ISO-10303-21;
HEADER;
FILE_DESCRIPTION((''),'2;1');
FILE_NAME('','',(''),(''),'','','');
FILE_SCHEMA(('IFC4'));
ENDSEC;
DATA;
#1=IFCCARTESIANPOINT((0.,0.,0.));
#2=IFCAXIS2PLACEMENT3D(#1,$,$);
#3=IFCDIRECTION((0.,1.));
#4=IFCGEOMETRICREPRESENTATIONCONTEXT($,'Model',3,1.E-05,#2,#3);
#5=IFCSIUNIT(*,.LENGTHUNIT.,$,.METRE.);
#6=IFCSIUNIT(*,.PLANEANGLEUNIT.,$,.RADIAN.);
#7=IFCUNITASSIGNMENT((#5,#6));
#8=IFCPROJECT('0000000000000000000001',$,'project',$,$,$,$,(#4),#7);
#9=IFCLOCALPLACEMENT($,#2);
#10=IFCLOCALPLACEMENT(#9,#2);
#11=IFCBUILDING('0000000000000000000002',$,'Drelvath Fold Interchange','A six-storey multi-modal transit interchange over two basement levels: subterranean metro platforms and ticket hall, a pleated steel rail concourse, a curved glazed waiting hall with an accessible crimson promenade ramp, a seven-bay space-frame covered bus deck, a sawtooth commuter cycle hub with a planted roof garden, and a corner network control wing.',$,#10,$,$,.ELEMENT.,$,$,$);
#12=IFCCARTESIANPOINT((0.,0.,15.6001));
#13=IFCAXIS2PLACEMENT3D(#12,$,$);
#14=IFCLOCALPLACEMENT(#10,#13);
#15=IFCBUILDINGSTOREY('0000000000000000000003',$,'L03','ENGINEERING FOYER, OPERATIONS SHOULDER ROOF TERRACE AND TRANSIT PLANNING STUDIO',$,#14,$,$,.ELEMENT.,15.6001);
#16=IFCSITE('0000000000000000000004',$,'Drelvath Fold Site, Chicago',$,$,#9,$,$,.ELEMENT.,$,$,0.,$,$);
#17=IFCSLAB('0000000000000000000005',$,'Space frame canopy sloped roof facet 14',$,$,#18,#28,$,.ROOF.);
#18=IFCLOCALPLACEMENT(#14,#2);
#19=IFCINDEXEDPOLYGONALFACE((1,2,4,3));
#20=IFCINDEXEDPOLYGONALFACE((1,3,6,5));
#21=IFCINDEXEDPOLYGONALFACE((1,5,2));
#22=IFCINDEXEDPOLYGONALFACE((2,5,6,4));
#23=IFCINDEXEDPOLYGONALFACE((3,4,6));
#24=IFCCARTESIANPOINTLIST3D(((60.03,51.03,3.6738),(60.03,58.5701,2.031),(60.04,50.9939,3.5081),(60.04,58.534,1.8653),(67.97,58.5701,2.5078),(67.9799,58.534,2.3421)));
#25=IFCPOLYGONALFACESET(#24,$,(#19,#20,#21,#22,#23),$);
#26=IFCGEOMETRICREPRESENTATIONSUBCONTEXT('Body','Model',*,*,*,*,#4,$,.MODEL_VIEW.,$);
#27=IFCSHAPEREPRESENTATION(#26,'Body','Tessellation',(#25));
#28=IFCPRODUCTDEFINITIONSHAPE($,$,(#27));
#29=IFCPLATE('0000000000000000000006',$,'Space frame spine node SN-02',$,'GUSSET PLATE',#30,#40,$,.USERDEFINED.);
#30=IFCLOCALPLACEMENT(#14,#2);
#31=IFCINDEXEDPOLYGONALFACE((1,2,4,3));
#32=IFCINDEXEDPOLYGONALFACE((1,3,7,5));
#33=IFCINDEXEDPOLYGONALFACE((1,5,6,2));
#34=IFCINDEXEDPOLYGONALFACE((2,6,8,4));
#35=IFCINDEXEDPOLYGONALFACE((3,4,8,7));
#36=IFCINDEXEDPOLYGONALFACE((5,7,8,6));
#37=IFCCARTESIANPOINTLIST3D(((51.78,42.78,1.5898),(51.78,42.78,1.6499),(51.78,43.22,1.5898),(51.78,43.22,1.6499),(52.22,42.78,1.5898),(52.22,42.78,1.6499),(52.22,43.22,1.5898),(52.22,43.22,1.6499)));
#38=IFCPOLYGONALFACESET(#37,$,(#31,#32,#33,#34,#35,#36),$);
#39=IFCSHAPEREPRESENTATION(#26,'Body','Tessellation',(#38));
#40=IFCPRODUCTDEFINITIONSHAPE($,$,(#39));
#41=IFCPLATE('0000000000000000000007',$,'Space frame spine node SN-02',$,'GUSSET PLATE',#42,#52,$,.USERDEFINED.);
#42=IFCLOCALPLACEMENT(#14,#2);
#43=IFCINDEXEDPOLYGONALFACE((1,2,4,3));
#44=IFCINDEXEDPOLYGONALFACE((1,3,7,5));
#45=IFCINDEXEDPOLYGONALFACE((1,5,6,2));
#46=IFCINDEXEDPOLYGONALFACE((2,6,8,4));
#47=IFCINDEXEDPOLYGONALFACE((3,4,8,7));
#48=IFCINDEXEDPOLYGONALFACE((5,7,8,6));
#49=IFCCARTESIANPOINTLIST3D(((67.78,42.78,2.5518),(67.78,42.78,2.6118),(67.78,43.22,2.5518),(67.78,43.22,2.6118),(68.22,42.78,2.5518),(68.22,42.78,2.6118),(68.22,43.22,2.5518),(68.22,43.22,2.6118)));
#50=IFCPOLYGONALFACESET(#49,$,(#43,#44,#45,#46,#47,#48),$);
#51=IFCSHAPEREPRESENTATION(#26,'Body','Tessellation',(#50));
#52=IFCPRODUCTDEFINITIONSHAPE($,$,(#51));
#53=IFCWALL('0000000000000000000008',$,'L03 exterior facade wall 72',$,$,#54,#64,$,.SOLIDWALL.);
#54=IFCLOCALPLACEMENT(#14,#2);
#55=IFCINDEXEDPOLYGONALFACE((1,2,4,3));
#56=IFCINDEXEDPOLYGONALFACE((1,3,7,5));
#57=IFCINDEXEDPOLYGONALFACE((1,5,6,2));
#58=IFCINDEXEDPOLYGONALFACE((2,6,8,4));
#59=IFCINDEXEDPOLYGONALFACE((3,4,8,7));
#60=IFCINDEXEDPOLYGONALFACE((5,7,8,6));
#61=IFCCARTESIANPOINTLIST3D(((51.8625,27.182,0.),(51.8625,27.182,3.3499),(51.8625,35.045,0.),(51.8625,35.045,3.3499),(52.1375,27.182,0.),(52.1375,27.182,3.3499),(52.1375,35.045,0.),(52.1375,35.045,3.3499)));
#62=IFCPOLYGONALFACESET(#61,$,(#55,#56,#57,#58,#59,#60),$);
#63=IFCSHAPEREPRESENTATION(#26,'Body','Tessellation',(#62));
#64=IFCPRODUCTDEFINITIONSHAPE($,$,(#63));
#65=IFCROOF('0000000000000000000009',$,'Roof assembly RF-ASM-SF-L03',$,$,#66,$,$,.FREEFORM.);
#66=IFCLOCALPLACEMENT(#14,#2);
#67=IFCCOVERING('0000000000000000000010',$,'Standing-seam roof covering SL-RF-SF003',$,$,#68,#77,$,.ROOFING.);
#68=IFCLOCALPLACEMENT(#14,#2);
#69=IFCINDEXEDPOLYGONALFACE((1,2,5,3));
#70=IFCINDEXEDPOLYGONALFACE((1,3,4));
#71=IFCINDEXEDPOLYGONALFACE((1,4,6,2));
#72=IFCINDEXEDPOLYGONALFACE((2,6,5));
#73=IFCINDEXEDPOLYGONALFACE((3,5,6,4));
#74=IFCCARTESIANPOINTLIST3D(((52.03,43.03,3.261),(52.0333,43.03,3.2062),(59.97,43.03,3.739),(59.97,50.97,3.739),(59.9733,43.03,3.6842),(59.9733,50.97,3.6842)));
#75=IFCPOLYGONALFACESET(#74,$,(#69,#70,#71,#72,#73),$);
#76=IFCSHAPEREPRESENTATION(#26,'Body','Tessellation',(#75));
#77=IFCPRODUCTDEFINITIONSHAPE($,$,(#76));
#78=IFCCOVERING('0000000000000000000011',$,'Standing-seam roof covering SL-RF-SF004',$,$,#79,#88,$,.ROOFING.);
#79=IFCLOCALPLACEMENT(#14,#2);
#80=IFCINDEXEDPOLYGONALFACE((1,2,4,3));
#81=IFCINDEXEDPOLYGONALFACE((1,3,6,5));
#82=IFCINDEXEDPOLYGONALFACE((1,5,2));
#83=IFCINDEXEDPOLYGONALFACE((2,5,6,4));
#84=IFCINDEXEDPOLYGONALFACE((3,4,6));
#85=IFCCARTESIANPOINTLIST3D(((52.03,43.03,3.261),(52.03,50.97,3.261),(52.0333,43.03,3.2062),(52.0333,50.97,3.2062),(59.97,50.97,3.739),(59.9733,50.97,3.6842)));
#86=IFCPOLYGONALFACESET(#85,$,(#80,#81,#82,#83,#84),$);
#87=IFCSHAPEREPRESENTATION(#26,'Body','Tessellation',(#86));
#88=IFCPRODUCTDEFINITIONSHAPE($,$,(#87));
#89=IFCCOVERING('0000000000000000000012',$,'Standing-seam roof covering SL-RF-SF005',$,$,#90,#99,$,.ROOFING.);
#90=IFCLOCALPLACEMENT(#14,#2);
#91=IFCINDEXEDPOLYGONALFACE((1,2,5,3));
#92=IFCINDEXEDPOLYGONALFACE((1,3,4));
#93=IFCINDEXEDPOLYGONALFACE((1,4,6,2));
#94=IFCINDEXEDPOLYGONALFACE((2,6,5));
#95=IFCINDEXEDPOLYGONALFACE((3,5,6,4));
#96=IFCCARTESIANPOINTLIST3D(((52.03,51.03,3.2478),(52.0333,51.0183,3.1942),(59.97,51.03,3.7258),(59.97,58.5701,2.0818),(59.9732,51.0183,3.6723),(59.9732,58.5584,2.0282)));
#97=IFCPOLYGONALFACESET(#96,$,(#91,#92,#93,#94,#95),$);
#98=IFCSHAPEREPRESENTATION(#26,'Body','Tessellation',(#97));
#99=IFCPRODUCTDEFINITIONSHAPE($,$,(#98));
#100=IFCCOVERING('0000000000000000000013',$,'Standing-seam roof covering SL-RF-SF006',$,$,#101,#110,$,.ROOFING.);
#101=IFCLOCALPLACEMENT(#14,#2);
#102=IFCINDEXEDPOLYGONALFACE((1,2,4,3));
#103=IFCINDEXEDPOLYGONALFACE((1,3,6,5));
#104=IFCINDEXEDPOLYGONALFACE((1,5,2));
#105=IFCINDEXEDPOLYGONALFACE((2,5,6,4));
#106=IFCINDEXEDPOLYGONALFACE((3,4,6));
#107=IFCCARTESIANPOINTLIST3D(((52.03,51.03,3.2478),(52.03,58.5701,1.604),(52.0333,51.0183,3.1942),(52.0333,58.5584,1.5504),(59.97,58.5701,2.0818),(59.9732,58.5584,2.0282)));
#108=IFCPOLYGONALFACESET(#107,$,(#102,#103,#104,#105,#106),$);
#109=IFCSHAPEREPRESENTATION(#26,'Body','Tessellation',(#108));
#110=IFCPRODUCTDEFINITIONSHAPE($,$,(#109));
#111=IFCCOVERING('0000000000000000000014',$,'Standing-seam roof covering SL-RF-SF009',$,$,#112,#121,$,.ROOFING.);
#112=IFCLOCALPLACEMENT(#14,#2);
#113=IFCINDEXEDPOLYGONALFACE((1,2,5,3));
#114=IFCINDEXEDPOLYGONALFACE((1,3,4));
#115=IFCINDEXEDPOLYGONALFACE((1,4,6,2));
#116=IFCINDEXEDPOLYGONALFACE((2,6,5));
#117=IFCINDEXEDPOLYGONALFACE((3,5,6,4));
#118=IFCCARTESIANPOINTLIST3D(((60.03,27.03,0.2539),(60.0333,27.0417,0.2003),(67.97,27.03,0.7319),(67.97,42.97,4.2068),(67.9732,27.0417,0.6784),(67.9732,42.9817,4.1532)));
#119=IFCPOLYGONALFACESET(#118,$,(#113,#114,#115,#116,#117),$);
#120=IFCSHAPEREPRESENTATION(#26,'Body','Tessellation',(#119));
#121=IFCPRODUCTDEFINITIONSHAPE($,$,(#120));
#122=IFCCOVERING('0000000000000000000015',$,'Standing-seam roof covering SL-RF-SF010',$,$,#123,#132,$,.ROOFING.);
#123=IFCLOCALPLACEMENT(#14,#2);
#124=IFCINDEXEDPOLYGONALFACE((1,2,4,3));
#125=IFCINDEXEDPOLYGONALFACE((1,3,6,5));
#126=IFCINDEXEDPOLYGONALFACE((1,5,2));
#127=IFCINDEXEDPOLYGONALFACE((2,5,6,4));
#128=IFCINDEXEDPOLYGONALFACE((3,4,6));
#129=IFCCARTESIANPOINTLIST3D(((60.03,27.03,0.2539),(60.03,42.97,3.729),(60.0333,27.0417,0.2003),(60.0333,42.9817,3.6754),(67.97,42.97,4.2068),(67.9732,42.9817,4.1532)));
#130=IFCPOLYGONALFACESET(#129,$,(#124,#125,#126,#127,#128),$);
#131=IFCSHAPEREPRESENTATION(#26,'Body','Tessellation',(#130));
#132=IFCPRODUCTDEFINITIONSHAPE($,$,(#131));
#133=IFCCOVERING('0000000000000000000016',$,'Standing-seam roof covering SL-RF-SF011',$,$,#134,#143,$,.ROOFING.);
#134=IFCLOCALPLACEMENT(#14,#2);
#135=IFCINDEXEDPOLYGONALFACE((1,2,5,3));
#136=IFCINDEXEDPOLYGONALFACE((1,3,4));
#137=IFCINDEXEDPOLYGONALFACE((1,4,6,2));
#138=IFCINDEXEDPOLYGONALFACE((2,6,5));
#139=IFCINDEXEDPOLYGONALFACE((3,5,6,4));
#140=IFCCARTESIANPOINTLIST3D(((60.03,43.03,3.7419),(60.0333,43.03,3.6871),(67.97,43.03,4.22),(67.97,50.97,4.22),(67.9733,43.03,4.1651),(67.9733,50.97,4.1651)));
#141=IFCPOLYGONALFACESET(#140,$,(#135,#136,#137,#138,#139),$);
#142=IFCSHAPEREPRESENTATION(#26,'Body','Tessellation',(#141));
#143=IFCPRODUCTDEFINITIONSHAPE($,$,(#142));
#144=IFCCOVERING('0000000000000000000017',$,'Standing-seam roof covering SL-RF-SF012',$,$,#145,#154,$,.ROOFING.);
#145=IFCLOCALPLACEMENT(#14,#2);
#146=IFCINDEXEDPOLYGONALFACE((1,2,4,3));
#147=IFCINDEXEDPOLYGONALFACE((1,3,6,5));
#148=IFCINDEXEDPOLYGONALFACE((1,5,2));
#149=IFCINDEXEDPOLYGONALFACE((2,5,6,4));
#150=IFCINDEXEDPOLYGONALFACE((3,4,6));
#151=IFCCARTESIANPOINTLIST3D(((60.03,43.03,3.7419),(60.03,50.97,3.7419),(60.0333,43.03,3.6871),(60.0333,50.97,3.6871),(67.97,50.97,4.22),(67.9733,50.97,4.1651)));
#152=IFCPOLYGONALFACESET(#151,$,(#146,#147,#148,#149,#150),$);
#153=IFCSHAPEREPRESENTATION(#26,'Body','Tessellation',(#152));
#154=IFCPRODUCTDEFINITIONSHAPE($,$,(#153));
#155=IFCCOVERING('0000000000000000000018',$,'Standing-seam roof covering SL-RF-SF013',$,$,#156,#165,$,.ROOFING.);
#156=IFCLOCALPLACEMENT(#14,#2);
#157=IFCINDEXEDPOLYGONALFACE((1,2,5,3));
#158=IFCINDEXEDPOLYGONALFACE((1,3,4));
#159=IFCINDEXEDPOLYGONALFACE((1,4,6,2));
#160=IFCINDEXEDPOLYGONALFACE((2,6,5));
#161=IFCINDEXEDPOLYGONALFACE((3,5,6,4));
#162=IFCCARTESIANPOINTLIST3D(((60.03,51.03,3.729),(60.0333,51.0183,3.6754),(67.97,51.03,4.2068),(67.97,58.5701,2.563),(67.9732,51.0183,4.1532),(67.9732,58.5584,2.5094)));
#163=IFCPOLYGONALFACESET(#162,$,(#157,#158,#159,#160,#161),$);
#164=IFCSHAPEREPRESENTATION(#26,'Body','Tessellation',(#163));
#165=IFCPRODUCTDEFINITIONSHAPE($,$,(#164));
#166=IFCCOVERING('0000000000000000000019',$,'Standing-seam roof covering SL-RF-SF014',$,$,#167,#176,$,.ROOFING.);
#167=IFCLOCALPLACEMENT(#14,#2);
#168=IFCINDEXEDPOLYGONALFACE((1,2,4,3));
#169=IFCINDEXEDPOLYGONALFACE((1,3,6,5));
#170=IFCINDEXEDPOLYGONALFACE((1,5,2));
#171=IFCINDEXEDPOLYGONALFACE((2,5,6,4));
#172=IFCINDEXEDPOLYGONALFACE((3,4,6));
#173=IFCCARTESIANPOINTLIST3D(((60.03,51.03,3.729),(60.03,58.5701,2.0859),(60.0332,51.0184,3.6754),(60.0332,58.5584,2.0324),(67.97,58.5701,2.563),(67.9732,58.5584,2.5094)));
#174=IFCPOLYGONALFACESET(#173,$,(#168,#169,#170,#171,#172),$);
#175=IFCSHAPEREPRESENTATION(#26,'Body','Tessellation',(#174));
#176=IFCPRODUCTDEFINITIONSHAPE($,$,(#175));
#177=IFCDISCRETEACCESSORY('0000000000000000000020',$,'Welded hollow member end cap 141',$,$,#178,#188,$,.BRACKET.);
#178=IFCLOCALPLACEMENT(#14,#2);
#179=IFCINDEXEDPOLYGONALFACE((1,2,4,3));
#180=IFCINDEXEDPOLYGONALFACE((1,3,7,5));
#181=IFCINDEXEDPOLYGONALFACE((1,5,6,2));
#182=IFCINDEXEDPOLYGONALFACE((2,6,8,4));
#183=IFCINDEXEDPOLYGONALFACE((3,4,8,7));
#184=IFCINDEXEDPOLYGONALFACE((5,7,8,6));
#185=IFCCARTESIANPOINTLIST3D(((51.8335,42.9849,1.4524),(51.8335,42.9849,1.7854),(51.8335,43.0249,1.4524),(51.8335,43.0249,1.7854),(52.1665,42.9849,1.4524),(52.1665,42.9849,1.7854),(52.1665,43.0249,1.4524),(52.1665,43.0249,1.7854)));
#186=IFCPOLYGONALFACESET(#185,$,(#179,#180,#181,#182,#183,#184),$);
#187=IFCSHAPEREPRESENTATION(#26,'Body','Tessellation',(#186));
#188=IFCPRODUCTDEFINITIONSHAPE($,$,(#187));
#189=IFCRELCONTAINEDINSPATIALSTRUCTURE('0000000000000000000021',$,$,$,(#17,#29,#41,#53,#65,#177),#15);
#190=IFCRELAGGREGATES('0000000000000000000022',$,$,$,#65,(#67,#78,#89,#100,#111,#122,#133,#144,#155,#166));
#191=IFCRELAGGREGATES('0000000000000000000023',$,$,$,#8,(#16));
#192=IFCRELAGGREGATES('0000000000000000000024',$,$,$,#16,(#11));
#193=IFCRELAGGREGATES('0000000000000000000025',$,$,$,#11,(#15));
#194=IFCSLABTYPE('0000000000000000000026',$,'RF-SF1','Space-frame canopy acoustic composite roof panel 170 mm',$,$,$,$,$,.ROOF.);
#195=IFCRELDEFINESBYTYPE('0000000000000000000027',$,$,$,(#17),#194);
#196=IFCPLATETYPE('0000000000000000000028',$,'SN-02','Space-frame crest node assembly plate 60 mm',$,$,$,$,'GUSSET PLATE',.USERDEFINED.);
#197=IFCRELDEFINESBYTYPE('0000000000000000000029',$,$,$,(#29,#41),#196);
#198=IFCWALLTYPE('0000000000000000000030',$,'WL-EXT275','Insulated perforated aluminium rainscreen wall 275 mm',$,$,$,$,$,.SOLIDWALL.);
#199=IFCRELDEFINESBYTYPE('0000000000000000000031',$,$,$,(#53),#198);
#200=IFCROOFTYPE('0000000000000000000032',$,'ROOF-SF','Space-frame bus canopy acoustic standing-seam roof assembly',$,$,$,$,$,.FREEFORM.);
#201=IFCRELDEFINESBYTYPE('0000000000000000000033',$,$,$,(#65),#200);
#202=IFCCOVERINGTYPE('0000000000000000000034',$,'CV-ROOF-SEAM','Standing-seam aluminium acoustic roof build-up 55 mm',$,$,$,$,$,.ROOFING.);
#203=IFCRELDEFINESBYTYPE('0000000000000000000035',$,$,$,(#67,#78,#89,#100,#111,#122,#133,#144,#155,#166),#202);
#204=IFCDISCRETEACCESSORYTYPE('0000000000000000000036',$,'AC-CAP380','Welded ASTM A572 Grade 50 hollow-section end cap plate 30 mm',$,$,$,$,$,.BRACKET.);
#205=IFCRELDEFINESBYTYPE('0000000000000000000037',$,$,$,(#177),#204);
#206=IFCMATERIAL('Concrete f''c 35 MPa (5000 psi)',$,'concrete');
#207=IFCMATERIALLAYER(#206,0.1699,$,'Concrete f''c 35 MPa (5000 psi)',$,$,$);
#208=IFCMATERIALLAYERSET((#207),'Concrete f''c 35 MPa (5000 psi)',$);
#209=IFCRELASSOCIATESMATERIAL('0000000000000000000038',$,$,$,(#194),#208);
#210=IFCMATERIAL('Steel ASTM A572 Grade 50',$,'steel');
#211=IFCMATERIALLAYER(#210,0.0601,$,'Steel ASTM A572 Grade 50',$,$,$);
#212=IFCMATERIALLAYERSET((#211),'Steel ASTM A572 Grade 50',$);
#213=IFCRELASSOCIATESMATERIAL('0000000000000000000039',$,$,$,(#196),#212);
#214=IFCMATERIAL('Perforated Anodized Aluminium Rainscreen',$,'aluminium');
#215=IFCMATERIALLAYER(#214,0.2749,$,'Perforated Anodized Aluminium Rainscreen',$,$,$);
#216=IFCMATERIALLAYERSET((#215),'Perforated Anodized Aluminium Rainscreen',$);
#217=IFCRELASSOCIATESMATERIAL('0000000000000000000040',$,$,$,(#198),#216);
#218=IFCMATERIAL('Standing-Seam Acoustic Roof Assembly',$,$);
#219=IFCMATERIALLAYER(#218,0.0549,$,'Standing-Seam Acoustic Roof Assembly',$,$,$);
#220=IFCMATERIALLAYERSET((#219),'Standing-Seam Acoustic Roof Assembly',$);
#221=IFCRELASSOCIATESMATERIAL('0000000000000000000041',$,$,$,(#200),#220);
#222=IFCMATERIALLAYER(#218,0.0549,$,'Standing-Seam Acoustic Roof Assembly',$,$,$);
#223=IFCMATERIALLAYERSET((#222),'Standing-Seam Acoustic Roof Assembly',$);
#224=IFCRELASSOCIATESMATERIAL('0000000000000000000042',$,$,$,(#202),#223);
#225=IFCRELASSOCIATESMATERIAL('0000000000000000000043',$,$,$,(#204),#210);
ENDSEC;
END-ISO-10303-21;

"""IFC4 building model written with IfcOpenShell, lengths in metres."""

from ifc_helpers import new_model, si_unit, direction, frame, frame_2d, origin, origin_2d, place, context, subcontext, project, spatial, polyline, rectangle, outline, extrude, material, layer, layer_set, type_object, element, aggregate, save


model = new_model("IFC4")

# Units and contexts
model_context = context("Model", 3, precision=1e-05, world=origin(), true_north=direction((0.0, 1.0)))
body_context = subcontext(model_context, "Body", "Model", "MODEL_VIEW")
ifc_project = project(units=[si_unit("LENGTHUNIT", "METRE"), si_unit("PLANEANGLEUNIT", "RADIAN")], contexts=[model_context])

# Site, building, storey
site_placement = place(None, origin())
site = spatial("IfcSite", under=ifc_project, at=site_placement, Name="Drelvath Fold Site, Chicago", CompositionType="ELEMENT", RefElevation=0.0)
building_placement = place(site_placement, origin())
building = spatial("IfcBuilding", under=site, at=building_placement, Name="Drelvath Fold Interchange", Description="A six-storey multi-modal transit interchange over two basement levels: subterranean metro platforms and ticket hall, a pleated steel rail concourse, a curved glazed waiting hall with an accessible crimson promenade ramp, a seven-bay space-frame covered bus deck, a sawtooth commuter cycle hub with a planted roof garden, and a corner network control wing.", CompositionType="ELEMENT")
storey_placement = place(building_placement, frame((0.0, 0.0, 15.6001)))
storey = spatial("IfcBuildingStorey", under=building, at=storey_placement, Name="L03", Description="ENGINEERING FOYER, OPERATIONS SHOULDER ROOF TERRACE AND TRANSIT PLANNING STUDIO", CompositionType="ELEMENT", Elevation=15.6001)

# Slab
ifc_material_1 = material(Name="Concrete f'c 35 MPa (5000 psi)", Category="concrete")
ifc_layer_1 = layer(ifc_material_1, 0.1699, Name="Concrete f'c 35 MPa (5000 psi)")
ifc_layer_set_1 = layer_set([ifc_layer_1], Name="Concrete f'c 35 MPa (5000 psi)")
slab_type = type_object("IfcSlabType", Name="RF-SF1", Description="Space-frame canopy acoustic composite roof panel 170 mm", PredefinedType="ROOF", material=ifc_layer_set_1)
slab_1_placement = place(storey_placement, frame((60.03, 51.03, 3.6738), z_axis=(-0.058574, 0.21252, 0.9754), x_axis=(0.721055, 0.684739, -0.10589)))
element("IfcSlab", 1, at=slab_1_placement, inside=storey, type_object=slab_type, Name="Space frame canopy sloped roof facet 14", PredefinedType="ROOF", context=body_context, shape_type="SweptSolid", body=[
    extrude(outline(polyline([(0.0, 0.0), (11.0116, 0.0), (5.3369, 5.5739), (0.0, 0.0)])), origin(), (0.0, 0.0, -1.0), 0.1699),
])

# Plates
ifc_material_2 = material(Name="Steel ASTM A572 Grade 50", Category="steel")
ifc_layer_2 = layer(ifc_material_2, 0.0601, Name="Steel ASTM A572 Grade 50")
ifc_layer_set_2 = layer_set([ifc_layer_2], Name="Steel ASTM A572 Grade 50")
plate_type = type_object("IfcPlateType", Name="SN-02", Description="Space-frame crest node assembly plate 60 mm", ElementType="GUSSET PLATE", PredefinedType="USERDEFINED", material=ifc_layer_set_2)
for number, where, z_axis, x_axis, name in (
    (2, (52.0, 43.0, 1.5898), (0.0, 0.0, 1.0), (1.0, 0.0, 0.0), "Space frame spine node SN-02"),
    (3, (68.0, 43.0, 2.5518), (0.0, 0.0, 1.0), (1.0, 0.0, 0.0), "Space frame spine node SN-02"),
):
    element("IfcPlate", number, at=place(storey_placement, frame(where, z_axis=z_axis, x_axis=x_axis)), inside=storey, type_object=plate_type, Name=name, ObjectType="GUSSET PLATE", PredefinedType="USERDEFINED", context=body_context, shape_type="SweptSolid", body=[
        extrude(rectangle(XDim=0.4399, YDim=0.4399, at=origin_2d()), origin(), (0.0, 0.0, 1.0), 0.0601),
    ])

# Wall
ifc_material_3 = material(Name="Perforated Anodized Aluminium Rainscreen", Category="aluminium")
ifc_layer_3 = layer(ifc_material_3, 0.2749, Name="Perforated Anodized Aluminium Rainscreen")
ifc_layer_set_3 = layer_set([ifc_layer_3], Name="Perforated Anodized Aluminium Rainscreen")
wall_type = type_object("IfcWallType", Name="WL-EXT275", Description="Insulated perforated aluminium rainscreen wall 275 mm", PredefinedType="SOLIDWALL", material=ifc_layer_set_3)
wall_placement = place(storey_placement, frame((52.0, 27.1819, 0.0), z_axis=(0.0, 0.0, 1.0), x_axis=(0.0, 1.0, 0.0)))
element("IfcWall", 4, at=wall_placement, inside=storey, type_object=wall_type, Name="L03 exterior facade wall 72", PredefinedType="SOLIDWALL", context=body_context, shape_type="SweptSolid", body=[
    extrude(rectangle(XDim=7.863, YDim=0.2749, at=frame_2d((3.9316, 0.0))), origin(), (0.0, 0.0, 1.0), 3.3499),
])

# Roof, coverings
ifc_material_4 = material(Name="Standing-Seam Acoustic Roof Assembly")
ifc_layer_4 = layer(ifc_material_4, 0.0549, Name="Standing-Seam Acoustic Roof Assembly")
ifc_layer_set_4 = layer_set([ifc_layer_4], Name="Standing-Seam Acoustic Roof Assembly")
roof_type = type_object("IfcRoofType", Name="ROOF-SF", Description="Space-frame bus canopy acoustic standing-seam roof assembly", PredefinedType="FREEFORM", material=ifc_layer_set_4)
roof_placement = place(storey_placement, origin())
roof = element("IfcRoof", 5, at=roof_placement, inside=storey, type_object=roof_type, Name="Roof assembly RF-ASM-SF-L03", PredefinedType="FREEFORM")
ifc_layer_5 = layer(ifc_material_4, 0.0549, Name="Standing-Seam Acoustic Roof Assembly")
ifc_layer_set_5 = layer_set([ifc_layer_5], Name="Standing-Seam Acoustic Roof Assembly")
covering_type = type_object("IfcCoveringType", Name="CV-ROOF-SEAM", Description="Standing-seam aluminium acoustic roof build-up 55 mm", PredefinedType="ROOFING", material=ifc_layer_set_5)
covering_1_placement = place(storey_placement, frame((52.03, 43.03, 3.261), z_axis=(-0.060097, 0.0, 0.998193), x_axis=(0.998193, 0.0, 0.060097)))
covering_1 = element("IfcCovering", 6, at=covering_1_placement, type_object=covering_type, Name="Standing-seam roof covering SL-RF-SF003", PredefinedType="ROOFING", context=body_context, shape_type="SweptSolid", body=[
    extrude(outline(polyline([(0.0, 0.0), (7.9543, 0.0), (7.9543, 7.9399), (0.0, 0.0)])), origin(), (0.0, 0.0, -1.0), 0.0549),
])
covering_2_placement = place(storey_placement, frame((52.03, 43.03, 3.261), z_axis=(-0.060097, 0.0, 0.998193), x_axis=(0.706467, 0.706467, 0.042533)))
covering_2 = element("IfcCovering", 7, at=covering_2_placement, type_object=covering_type, Name="Standing-seam roof covering SL-RF-SF004", PredefinedType="ROOFING", context=body_context, shape_type="SweptSolid", body=[
    extrude(outline(polyline([(0.0, 0.0), (11.2389, 0.0), (5.6093, 5.6195), (0.0, 0.0)])), origin(), (0.0, 0.0, -1.0), 0.0549),
])
covering_3_placement = place(storey_placement, frame((52.03, 51.03, 3.2478), z_axis=(-0.058722, 0.212669, 0.975358), x_axis=(0.998193, 0.0, 0.060097)))
covering_3 = element("IfcCovering", 8, at=covering_3_placement, type_object=covering_type, Name="Standing-seam roof covering SL-RF-SF005", PredefinedType="ROOFING", context=body_context, shape_type="SweptSolid", body=[
    extrude(outline(polyline([(0.0, 0.0), (7.9543, 0.0), (7.8555, 7.7166), (0.0, 0.0)])), origin(), (0.0, 0.0, -1.0), 0.0549),
])
covering_4_placement = place(storey_placement, frame((52.03, 51.03, 3.2478), z_axis=(-0.058692, 0.212639, 0.975367), x_axis=(0.721055, 0.684739, -0.10589)))
covering_4 = element("IfcCovering", 9, at=covering_4_placement, type_object=covering_type, Name="Standing-seam roof covering SL-RF-SF006", PredefinedType="ROOFING", context=body_context, shape_type="SweptSolid", body=[
    extrude(outline(polyline([(0.0, 0.0), (11.0116, 0.0), (5.337, 5.5741), (0.0, 0.0)])), origin(), (0.0, 0.0, -1.0), 0.0549),
])
covering_5_placement = place(storey_placement, frame((60.03, 27.03, 0.2539), z_axis=(-0.058722, -0.212627, 0.975367), x_axis=(0.998193, 0.0, 0.060097)))
covering_5 = element("IfcCovering", 10, at=covering_5_placement, type_object=covering_type, Name="Standing-seam roof covering SL-RF-SF009", PredefinedType="ROOFING", context=body_context, shape_type="SweptSolid", body=[
    extrude(outline(polyline([(0.0, 0.0), (7.9543, 0.0), (8.1631, 16.313), (0.0, 0.0)])), origin(), (0.0, 0.0, -1.0), 0.0549),
])
covering_6_placement = place(storey_placement, frame((60.03, 27.03, 0.2539), z_axis=(-0.058692, -0.212641, 0.975366), x_axis=(0.43527, 0.873832, 0.216698)))
covering_6 = element("IfcCovering", 11, at=covering_6_placement, type_object=covering_type, Name="Standing-seam roof covering SL-RF-SF010", PredefinedType="ROOFING", context=body_context, shape_type="SweptSolid", body=[
    extrude(outline(polyline([(0.0, 0.0), (18.2414, 0.0), (14.6819, 7.1134), (0.0, 0.0)])), origin(), (0.0, 0.0, -1.0), 0.0549),
])
covering_7_placement = place(storey_placement, frame((60.03, 43.03, 3.7419), z_axis=(-0.060097, 0.0, 0.998193), x_axis=(0.998193, 0.0, 0.060097)))
covering_7 = element("IfcCovering", 12, at=covering_7_placement, type_object=covering_type, Name="Standing-seam roof covering SL-RF-SF011", PredefinedType="ROOFING", context=body_context, shape_type="SweptSolid", body=[
    extrude(outline(polyline([(0.0, 0.0), (7.9543, 0.0), (7.9543, 7.9399), (0.0, 0.0)])), origin(), (0.0, 0.0, -1.0), 0.0549),
])
covering_8_placement = place(storey_placement, frame((60.03, 43.03, 3.7419), z_axis=(-0.060097, 0.0, 0.998193), x_axis=(0.706467, 0.706467, 0.042533)))
covering_8 = element("IfcCovering", 13, at=covering_8_placement, type_object=covering_type, Name="Standing-seam roof covering SL-RF-SF012", PredefinedType="ROOFING", context=body_context, shape_type="SweptSolid", body=[
    extrude(outline(polyline([(0.0, 0.0), (11.2389, 0.0), (5.6093, 5.6195), (0.0, 0.0)])), origin(), (0.0, 0.0, -1.0), 0.0549),
])
covering_9_placement = place(storey_placement, frame((60.03, 51.03, 3.729), z_axis=(-0.058692, 0.212639, 0.975367), x_axis=(0.998194, 0.0, 0.060066)))
covering_9 = element("IfcCovering", 14, at=covering_9_placement, type_object=covering_type, Name="Standing-seam roof covering SL-RF-SF013", PredefinedType="ROOFING", context=body_context, shape_type="SweptSolid", body=[
    extrude(outline(polyline([(0.0, 0.0), (7.9543, 0.0), (7.8556, 7.7165), (0.0, 0.0)])), origin(), (0.0, 0.0, -1.0), 0.0549),
])
covering_10_placement = place(storey_placement, frame((60.03, 51.03, 3.729), z_axis=(-0.058604, 0.21255, 0.975391), x_axis=(0.721055, 0.684739, -0.10589)))
covering_10 = element("IfcCovering", 15, at=covering_10_placement, type_object=covering_type, Name="Standing-seam roof covering SL-RF-SF014", PredefinedType="ROOFING", context=body_context, shape_type="SweptSolid", body=[
    extrude(outline(polyline([(0.0, 0.0), (11.0116, 0.0), (5.3369, 5.574), (0.0, 0.0)])), origin(), (0.0, 0.0, -1.0), 0.0549),
])
aggregate(roof, [covering_1, covering_2, covering_3, covering_4, covering_5, covering_6, covering_7, covering_8, covering_9, covering_10])

# Discrete accessory
discrete_accessory_type = type_object("IfcDiscreteAccessoryType", Name="AC-CAP380", Description="Welded ASTM A572 Grade 50 hollow-section end cap plate 30 mm", PredefinedType="BRACKET", material=ifc_material_2)
for number, where, z_axis, x_axis, name in (
    (16, (52.0, 43.0049, 1.4524), (0.0, 0.0, 1.0), (1.0, 0.0, 0.0), "Welded hollow member end cap 141"),
):
    element("IfcDiscreteAccessory", number, at=place(storey_placement, frame(where, z_axis=z_axis, x_axis=x_axis)), inside=storey, type_object=discrete_accessory_type, Name=name, PredefinedType="BRACKET", context=body_context, shape_type="SweptSolid", body=[
        extrude(rectangle(XDim=0.333, YDim=0.04, at=origin_2d()), origin(), (0.0, 0.0, 1.0), 0.333),
    ])

save(model, "model.ifc")
